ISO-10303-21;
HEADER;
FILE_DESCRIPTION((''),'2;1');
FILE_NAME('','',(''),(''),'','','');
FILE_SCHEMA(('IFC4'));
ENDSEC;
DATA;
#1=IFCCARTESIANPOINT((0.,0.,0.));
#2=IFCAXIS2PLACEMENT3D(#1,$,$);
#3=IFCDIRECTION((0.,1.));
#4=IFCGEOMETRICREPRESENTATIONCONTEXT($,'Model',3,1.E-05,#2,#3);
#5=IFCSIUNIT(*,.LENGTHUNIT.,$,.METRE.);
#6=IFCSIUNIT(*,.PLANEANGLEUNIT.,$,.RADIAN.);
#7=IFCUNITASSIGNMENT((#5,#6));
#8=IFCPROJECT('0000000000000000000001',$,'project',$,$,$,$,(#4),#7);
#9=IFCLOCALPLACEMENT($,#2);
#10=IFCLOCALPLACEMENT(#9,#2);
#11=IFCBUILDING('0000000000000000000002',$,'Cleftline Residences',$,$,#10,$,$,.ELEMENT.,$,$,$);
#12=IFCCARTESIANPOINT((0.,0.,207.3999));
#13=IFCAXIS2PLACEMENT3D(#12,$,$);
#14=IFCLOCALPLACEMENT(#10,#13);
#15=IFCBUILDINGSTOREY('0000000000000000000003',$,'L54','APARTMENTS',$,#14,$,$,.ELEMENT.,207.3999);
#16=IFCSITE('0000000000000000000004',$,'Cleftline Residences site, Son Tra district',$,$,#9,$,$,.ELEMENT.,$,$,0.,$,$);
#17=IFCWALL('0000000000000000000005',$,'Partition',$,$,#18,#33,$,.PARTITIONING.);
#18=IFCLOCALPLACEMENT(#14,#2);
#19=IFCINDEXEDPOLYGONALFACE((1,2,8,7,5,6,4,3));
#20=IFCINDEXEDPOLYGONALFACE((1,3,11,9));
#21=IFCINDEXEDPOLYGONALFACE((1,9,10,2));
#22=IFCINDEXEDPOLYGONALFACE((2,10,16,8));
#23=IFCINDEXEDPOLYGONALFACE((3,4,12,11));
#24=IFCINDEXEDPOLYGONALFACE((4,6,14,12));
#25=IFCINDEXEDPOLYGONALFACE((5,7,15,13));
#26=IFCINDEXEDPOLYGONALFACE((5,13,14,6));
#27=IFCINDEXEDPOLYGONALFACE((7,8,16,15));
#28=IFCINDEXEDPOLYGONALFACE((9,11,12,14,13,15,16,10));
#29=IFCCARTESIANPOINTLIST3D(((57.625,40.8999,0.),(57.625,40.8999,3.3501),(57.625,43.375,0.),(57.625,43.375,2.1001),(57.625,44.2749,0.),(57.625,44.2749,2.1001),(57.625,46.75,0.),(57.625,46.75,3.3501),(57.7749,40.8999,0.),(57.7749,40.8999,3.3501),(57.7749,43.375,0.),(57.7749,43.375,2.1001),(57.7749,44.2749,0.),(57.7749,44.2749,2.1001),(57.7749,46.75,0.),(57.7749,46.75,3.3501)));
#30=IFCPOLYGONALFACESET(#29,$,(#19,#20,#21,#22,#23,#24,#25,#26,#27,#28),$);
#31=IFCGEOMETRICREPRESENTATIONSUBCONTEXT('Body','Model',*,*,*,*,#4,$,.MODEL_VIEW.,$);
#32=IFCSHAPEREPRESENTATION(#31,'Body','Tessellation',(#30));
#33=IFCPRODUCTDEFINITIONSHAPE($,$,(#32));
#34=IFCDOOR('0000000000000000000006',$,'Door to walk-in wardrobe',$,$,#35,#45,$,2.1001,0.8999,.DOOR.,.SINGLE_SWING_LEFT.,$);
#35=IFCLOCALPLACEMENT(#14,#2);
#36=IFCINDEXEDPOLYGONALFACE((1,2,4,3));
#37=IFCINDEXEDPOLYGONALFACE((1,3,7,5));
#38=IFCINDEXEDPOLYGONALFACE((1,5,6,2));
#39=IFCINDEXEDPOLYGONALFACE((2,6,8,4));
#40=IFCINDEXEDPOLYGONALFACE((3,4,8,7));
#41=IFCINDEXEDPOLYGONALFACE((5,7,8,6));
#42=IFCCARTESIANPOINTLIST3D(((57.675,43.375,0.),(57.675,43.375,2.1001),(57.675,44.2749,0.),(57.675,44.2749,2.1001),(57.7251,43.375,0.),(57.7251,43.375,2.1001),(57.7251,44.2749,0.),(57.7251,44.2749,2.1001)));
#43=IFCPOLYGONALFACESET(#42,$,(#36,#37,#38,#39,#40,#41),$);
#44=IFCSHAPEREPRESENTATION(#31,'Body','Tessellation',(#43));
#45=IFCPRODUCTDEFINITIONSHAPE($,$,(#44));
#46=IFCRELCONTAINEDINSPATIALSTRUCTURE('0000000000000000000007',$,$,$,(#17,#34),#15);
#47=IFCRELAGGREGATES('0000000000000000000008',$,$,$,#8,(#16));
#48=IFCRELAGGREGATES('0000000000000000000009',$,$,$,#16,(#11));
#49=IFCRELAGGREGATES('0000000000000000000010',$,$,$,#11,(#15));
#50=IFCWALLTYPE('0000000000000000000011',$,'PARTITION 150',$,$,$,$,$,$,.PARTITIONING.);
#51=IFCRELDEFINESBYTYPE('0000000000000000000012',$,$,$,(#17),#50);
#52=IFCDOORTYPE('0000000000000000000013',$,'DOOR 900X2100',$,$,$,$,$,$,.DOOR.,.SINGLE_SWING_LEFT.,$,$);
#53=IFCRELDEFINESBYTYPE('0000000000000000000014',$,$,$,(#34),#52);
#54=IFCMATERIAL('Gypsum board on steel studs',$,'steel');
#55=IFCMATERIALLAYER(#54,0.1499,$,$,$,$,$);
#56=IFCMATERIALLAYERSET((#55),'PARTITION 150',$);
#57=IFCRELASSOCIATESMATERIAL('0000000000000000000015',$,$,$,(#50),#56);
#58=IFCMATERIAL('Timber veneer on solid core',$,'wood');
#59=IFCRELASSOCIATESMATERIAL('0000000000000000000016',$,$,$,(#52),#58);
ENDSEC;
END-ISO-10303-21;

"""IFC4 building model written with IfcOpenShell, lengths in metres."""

from ifc_helpers import new_model, si_unit, direction, frame, frame_2d, origin, place, context, subcontext, project, spatial, rectangle, extrude, material, layer, layer_set, type_object, element, fill, save


model = new_model("IFC4")

# Units and contexts
model_context = context("Model", 3, precision=1e-05, world=origin(), true_north=direction((0.0, 1.0)))
body_context = subcontext(model_context, "Body", "Model", "MODEL_VIEW")
ifc_project = project(units=[si_unit("LENGTHUNIT", "METRE"), si_unit("PLANEANGLEUNIT", "RADIAN")], contexts=[model_context])

# Site, building, storey
site_placement = place(None, origin())
site = spatial("IfcSite", under=ifc_project, at=site_placement, Name="Cleftline Residences site, Son Tra district", CompositionType="ELEMENT", RefElevation=0.0)
building_placement = place(site_placement, origin())
building = spatial("IfcBuilding", under=site, at=building_placement, Name="Cleftline Residences", CompositionType="ELEMENT")
storey_placement = place(building_placement, frame((0.0, 0.0, 207.3999)))
storey = spatial("IfcBuildingStorey", under=building, at=storey_placement, Name="L54", Description="APARTMENTS", CompositionType="ELEMENT", Elevation=207.3999)

# Shared definitions
ifc_material_1 = material(Name="Gypsum board on steel studs", Category="steel")
ifc_layer_1 = layer(ifc_material_1, 0.1499)
ifc_layer_set_1 = layer_set([ifc_layer_1], Name="PARTITION 150")
wall_type_1 = type_object("IfcWallType", Name="PARTITION 150", PredefinedType="PARTITIONING", material=ifc_layer_set_1)

# Wall, opening, door
wall_1_placement = place(storey_placement, frame((57.7, 40.8999, 0.0), z_axis=(0.0, 0.0, 1.0), x_axis=(0.0, 1.0, 0.0)))
wall_1 = element("IfcWall", 1, at=wall_1_placement, inside=storey, type_object=wall_type_1, Name="Partition", PredefinedType="PARTITIONING", context=body_context, shape_type="SweptSolid", body=[
    extrude(rectangle(XDim=5.8501, YDim=0.1499, at=frame_2d((2.925, 0.0))), origin(), (0.0, 0.0, 1.0), 3.3501),
])
opening_1_placement = place(wall_1_placement, frame((2.4751, 0.0, 0.0)))
opening_1 = element("IfcOpeningElement", 2, at=opening_1_placement, cuts=wall_1, PredefinedType="OPENING", context=body_context, shape_type="SweptSolid", body=[
    extrude(rectangle(XDim=0.8999, YDim=2.1001, at=frame_2d((0.45, 1.05))), frame((0.0, 0.085, 0.0), z_axis=(0.0, -1.0, 0.0), x_axis=(1.0, 0.0, 0.0)), (0.0, 0.0, 1.0), 0.1699),
])
ifc_material_2 = material(Name="Timber veneer on solid core", Category="wood")
door_type = type_object("IfcDoorType", Name="DOOR 900X2100", OperationType="SINGLE_SWING_LEFT", PredefinedType="DOOR", material=ifc_material_2)
door_placement = place(opening_1_placement, origin())
door = element("IfcDoor", 3, at=door_placement, inside=storey, type_object=door_type, Name="Door to walk-in wardrobe", OperationType="SINGLE_SWING_LEFT", OverallHeight=2.1001, OverallWidth=0.8999, PredefinedType="DOOR", context=body_context, shape_type="SweptSolid", body=[
    extrude(rectangle(XDim=0.8999, YDim=2.1001, at=frame_2d((0.45, 1.05))), frame((0.0, 0.0249, 0.0), z_axis=(0.0, -1.0, 0.0), x_axis=(1.0, 0.0, 0.0)), (0.0, 0.0, 1.0), 0.05),
])
fill(opening_1, door)

save(model, "model.ifc")
